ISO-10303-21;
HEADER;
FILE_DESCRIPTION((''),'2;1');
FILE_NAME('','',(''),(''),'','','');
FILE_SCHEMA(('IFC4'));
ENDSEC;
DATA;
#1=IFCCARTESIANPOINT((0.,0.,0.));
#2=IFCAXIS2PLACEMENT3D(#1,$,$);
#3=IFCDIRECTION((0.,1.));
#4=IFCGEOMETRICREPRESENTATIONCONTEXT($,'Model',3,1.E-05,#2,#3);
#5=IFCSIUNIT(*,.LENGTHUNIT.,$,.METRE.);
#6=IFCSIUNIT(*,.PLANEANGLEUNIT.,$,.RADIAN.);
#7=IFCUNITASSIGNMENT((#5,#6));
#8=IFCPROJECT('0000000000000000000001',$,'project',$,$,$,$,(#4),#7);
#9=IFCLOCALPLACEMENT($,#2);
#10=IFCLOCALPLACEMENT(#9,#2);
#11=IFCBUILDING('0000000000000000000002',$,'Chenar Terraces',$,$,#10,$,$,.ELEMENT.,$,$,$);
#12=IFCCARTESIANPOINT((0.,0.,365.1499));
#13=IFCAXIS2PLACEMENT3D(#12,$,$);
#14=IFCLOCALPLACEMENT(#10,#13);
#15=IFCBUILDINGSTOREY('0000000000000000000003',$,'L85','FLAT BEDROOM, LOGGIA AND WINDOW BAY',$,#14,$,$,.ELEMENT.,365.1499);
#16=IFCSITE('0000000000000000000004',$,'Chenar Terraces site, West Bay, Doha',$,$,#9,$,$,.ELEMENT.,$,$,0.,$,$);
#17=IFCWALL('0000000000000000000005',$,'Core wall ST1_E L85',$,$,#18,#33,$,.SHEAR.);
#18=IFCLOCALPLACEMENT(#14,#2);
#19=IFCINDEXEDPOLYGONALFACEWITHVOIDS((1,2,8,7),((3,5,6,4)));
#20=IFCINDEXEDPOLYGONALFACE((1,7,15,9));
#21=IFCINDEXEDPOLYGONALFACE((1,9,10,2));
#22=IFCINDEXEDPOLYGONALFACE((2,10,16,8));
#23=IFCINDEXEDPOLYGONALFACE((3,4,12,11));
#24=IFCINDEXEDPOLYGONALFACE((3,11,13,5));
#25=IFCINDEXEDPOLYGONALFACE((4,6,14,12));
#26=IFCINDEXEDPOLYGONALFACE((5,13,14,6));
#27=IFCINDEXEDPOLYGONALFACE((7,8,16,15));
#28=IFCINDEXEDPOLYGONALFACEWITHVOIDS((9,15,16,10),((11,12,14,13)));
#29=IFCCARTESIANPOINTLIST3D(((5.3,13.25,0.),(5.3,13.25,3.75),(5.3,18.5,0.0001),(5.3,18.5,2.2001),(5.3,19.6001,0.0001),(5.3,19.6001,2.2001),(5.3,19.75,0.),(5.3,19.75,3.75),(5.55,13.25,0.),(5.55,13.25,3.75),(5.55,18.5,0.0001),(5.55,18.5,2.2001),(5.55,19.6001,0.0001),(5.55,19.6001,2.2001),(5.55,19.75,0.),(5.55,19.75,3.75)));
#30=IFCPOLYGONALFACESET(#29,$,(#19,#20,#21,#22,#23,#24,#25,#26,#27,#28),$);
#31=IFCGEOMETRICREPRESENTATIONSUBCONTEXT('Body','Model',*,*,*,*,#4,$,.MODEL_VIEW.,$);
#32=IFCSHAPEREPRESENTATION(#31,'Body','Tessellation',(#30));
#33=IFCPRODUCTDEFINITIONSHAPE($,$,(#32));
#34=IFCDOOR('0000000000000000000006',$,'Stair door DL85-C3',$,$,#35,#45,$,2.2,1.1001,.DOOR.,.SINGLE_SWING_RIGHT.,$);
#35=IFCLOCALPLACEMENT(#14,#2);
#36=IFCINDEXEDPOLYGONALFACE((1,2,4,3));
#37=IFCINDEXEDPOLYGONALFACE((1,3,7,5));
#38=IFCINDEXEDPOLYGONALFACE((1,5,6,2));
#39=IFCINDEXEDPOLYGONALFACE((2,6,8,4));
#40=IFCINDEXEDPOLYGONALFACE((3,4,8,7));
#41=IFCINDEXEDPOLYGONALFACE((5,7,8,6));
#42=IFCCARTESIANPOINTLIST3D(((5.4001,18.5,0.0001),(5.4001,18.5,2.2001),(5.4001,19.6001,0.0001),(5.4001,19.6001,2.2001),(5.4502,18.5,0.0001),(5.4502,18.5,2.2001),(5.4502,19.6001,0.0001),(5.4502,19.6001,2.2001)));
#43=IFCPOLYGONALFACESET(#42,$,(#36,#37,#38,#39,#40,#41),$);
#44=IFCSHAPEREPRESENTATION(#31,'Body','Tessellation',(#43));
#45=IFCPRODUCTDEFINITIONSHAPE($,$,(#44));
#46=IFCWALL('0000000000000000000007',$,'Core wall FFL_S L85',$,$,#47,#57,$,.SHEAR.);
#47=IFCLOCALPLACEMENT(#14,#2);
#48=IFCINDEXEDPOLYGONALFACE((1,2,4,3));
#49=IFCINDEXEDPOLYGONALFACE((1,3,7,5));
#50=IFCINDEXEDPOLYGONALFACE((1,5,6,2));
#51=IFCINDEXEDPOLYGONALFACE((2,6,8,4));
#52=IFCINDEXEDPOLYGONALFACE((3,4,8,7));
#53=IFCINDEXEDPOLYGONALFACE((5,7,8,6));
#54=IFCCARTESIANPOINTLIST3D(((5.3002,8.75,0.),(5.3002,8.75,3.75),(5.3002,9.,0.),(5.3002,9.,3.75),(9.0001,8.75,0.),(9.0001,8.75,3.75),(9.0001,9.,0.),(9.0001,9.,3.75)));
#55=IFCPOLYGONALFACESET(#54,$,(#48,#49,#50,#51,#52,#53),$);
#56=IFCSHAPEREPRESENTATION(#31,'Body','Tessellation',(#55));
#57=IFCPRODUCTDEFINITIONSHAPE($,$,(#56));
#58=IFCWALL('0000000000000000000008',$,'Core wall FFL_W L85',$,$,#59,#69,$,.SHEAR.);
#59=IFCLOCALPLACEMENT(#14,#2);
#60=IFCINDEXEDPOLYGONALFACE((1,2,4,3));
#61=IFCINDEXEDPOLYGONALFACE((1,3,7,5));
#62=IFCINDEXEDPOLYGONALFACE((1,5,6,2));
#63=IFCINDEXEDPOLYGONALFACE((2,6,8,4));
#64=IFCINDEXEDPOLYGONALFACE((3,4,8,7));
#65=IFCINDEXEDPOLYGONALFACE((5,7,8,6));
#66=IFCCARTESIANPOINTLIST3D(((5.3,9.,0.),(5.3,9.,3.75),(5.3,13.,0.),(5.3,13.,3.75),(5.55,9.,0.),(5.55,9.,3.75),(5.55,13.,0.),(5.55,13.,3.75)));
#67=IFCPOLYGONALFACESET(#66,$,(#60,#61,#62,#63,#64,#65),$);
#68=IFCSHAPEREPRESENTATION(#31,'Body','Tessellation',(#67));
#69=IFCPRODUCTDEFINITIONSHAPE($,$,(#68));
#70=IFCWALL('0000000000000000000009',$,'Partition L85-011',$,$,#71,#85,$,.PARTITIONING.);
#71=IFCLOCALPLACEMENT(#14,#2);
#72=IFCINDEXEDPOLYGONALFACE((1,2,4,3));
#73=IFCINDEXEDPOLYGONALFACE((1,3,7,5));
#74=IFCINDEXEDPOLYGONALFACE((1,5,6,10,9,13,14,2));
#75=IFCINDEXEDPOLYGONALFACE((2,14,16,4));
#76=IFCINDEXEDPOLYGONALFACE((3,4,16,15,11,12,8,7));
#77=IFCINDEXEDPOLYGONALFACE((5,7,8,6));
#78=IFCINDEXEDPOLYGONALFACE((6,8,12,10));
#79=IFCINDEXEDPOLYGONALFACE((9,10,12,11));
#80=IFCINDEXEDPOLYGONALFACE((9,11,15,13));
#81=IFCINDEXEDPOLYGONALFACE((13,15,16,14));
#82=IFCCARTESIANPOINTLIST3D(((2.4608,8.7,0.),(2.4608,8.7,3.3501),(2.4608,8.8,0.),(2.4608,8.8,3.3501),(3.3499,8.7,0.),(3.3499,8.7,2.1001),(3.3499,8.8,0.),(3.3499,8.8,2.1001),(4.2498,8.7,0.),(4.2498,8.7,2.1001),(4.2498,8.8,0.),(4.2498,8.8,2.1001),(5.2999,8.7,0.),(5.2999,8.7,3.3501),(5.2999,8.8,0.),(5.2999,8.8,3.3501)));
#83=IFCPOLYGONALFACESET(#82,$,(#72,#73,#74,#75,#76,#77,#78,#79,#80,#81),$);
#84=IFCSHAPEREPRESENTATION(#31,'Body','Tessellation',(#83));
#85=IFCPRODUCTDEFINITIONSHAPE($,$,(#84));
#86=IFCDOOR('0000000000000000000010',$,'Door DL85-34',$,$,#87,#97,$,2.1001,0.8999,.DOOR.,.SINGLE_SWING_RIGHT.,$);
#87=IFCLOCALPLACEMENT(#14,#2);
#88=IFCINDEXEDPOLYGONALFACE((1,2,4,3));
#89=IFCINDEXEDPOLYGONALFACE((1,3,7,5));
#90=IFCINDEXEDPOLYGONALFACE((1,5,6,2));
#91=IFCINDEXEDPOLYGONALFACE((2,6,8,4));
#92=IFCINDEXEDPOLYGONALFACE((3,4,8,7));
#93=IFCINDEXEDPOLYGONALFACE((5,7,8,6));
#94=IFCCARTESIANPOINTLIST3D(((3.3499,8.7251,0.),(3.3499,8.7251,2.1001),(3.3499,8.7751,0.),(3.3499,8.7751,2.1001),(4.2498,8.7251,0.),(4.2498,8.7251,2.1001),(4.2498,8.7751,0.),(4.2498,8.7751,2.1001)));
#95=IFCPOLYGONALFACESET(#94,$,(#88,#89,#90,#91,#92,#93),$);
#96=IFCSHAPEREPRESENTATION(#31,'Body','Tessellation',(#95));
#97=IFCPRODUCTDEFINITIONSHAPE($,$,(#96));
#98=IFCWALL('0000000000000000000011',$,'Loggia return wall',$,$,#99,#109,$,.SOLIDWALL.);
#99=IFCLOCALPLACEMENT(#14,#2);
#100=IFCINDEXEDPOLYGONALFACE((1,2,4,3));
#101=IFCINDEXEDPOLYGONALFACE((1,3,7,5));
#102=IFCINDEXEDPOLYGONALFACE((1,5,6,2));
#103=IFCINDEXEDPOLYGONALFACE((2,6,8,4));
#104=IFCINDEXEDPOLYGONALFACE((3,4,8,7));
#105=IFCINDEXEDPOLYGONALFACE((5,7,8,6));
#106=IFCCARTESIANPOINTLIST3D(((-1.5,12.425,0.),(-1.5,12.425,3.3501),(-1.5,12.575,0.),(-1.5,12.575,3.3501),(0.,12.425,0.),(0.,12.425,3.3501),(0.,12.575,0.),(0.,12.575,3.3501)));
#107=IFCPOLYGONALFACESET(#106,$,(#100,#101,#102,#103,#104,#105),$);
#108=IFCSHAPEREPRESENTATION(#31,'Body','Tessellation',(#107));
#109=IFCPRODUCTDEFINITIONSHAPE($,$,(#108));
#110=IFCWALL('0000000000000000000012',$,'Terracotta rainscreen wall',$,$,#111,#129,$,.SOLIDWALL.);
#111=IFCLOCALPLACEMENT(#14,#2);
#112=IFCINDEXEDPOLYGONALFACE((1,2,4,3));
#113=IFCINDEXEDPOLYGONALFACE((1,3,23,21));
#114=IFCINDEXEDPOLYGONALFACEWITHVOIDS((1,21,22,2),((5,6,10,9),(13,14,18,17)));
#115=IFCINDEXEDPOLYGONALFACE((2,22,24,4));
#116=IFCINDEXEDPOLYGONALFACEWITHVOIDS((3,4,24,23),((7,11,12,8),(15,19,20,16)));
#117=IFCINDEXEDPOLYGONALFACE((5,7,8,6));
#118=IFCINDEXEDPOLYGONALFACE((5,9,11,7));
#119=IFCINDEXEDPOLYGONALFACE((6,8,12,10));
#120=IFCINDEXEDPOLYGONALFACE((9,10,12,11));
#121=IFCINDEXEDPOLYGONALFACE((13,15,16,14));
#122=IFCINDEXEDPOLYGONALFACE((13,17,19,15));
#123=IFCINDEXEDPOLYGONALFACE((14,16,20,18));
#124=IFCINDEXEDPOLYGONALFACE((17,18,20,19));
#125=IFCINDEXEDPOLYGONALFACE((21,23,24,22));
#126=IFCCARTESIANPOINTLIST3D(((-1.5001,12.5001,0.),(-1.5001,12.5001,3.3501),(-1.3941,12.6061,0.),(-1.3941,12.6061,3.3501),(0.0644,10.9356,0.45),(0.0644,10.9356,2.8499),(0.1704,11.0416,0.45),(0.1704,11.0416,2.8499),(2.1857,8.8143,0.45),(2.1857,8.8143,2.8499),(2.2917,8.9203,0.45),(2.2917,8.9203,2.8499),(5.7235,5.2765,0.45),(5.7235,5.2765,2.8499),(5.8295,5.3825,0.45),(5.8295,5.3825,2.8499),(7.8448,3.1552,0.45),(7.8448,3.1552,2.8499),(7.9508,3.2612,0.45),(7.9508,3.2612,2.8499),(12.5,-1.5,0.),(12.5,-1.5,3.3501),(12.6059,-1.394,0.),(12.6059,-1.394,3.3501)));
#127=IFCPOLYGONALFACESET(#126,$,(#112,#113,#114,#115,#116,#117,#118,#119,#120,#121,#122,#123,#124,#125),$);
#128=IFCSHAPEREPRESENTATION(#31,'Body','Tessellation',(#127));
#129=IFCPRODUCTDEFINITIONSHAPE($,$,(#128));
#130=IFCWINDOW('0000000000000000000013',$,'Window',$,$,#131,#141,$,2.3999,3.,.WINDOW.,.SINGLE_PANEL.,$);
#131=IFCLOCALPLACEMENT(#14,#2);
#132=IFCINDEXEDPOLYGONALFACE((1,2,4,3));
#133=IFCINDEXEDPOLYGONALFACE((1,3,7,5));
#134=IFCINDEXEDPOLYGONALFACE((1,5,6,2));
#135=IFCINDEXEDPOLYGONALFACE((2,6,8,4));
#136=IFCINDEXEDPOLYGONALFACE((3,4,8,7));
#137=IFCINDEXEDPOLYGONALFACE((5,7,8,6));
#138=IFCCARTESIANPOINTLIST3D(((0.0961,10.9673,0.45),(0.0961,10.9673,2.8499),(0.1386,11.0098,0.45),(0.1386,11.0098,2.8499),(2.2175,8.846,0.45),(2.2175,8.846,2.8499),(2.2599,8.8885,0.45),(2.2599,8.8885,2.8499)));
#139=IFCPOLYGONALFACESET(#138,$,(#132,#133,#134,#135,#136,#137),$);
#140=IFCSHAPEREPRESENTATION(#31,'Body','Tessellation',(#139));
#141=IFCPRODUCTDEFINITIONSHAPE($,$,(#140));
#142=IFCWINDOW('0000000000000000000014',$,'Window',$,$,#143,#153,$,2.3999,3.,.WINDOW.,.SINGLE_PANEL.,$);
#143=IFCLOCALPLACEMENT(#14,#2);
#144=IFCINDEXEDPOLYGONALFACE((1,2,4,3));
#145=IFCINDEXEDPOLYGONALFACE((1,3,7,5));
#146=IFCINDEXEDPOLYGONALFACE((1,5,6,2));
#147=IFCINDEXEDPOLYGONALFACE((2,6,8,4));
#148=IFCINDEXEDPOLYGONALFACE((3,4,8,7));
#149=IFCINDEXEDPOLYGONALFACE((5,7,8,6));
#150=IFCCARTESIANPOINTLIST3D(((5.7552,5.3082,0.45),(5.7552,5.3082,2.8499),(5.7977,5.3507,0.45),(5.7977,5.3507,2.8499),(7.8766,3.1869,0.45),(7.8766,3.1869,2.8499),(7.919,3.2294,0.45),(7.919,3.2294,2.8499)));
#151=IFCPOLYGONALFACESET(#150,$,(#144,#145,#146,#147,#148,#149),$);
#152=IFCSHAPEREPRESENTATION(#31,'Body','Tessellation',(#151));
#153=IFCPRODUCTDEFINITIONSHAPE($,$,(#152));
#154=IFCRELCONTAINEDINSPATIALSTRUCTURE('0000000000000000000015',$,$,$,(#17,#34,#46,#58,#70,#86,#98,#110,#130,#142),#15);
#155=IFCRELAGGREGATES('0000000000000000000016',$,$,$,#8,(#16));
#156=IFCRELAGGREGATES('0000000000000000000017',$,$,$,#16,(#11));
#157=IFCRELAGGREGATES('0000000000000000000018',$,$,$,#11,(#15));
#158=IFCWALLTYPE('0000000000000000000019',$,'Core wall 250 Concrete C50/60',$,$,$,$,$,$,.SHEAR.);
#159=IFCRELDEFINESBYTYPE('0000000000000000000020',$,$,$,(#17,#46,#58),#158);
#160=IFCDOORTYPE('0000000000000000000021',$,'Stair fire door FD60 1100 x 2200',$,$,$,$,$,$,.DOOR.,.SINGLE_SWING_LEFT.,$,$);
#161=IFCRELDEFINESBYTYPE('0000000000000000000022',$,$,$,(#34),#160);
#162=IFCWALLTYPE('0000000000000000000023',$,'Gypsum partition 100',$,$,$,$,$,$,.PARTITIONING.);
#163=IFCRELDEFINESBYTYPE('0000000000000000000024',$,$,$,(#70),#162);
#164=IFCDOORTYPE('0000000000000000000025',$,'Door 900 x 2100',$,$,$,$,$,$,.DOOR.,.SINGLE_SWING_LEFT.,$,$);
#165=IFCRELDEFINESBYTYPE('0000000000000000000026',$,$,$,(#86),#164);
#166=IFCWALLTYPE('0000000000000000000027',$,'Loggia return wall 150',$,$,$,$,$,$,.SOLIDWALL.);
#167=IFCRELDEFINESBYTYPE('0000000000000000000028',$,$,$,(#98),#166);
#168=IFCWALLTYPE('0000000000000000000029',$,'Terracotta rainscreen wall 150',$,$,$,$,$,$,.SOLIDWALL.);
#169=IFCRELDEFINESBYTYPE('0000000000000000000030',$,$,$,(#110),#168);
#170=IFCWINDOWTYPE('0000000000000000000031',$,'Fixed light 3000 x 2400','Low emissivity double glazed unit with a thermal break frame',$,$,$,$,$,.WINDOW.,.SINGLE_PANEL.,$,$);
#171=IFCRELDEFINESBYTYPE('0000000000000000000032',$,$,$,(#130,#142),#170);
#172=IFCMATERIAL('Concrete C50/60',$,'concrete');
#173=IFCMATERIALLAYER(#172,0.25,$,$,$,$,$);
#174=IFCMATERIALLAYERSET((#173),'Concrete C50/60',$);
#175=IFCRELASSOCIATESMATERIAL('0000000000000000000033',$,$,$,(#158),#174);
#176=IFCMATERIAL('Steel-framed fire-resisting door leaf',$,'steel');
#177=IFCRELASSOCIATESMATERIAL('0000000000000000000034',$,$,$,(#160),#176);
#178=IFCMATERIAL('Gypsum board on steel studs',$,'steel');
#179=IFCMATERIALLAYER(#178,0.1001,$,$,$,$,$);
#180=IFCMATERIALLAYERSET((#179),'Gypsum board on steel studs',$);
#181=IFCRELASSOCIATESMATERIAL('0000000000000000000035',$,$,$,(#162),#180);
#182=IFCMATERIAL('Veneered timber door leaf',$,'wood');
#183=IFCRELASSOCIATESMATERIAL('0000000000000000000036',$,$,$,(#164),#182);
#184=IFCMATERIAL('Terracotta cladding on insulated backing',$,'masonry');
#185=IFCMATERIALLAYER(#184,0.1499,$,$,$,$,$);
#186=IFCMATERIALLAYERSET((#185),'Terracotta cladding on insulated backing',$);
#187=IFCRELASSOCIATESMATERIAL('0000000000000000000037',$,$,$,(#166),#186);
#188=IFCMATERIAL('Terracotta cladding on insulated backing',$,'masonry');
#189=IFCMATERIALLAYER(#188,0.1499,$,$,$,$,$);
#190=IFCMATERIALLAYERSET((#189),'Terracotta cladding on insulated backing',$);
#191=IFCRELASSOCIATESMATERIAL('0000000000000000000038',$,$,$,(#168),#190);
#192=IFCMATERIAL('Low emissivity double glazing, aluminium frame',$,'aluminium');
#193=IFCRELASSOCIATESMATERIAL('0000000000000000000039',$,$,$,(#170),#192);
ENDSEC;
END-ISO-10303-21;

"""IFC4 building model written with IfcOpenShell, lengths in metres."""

from ifc_helpers import new_model, si_unit, direction, frame, frame_2d, origin, place, context, subcontext, project, spatial, rectangle, extrude, material, layer, layer_set, type_object, element, fill, save


model = new_model("IFC4")

# Units and contexts
model_context = context("Model", 3, precision=1e-05, world=origin(), true_north=direction((0.0, 1.0)))
body_context = subcontext(model_context, "Body", "Model", "MODEL_VIEW")
ifc_project = project(units=[si_unit("LENGTHUNIT", "METRE"), si_unit("PLANEANGLEUNIT", "RADIAN")], contexts=[model_context])

# Site, building, storey
site_placement = place(None, origin())
site = spatial("IfcSite", under=ifc_project, at=site_placement, Name="Chenar Terraces site, West Bay, Doha", CompositionType="ELEMENT", RefElevation=0.0)
building_placement = place(site_placement, origin())
building = spatial("IfcBuilding", under=site, at=building_placement, Name="Chenar Terraces", CompositionType="ELEMENT")
storey_placement = place(building_placement, frame((0.0, 0.0, 365.1499)))
storey = spatial("IfcBuildingStorey", under=building, at=storey_placement, Name="L85", Description="FLAT BEDROOM, LOGGIA AND WINDOW BAY", CompositionType="ELEMENT", Elevation=365.1499)

# Shared definitions
ifc_material_1 = material(Name="Concrete C50/60", Category="concrete")
ifc_layer_1 = layer(ifc_material_1, 0.25)
ifc_layer_set_1 = layer_set([ifc_layer_1], Name="Concrete C50/60")
wall_type_1 = type_object("IfcWallType", Name="Core wall 250 Concrete C50/60", PredefinedType="SHEAR", material=ifc_layer_set_1)

# Wall, opening, door
wall_1_placement = place(storey_placement, frame((5.425, 13.25, 0.0), z_axis=(0.0, 0.0, 1.0), x_axis=(0.0, 1.0, 0.0)))
wall_1 = element("IfcWall", 1, at=wall_1_placement, inside=storey, type_object=wall_type_1, Name="Core wall ST1_E L85", PredefinedType="SHEAR", context=body_context, shape_type="SweptSolid", body=[
    extrude(rectangle(XDim=6.5, YDim=0.25, at=frame_2d((3.25, 0.0))), origin(), (0.0, 0.0, 1.0), 3.75),
])
opening_1_placement = place(wall_1_placement, frame((5.25, 0.0, 0.0)))
opening_1 = element("IfcOpeningElement", 2, at=opening_1_placement, cuts=wall_1, PredefinedType="OPENING", context=body_context, shape_type="SweptSolid", body=[
    extrude(rectangle(XDim=1.1001, YDim=2.2, at=frame_2d((0.55, 1.1001))), frame((0.0, 0.135, 0.0), z_axis=(0.0, -1.0, 0.0), x_axis=(1.0, 0.0, 0.0)), (0.0, 0.0, 1.0), 0.27),
])
ifc_material_2 = material(Name="Steel-framed fire-resisting door leaf", Category="steel")
door_type_1 = type_object("IfcDoorType", Name="Stair fire door FD60 1100 x 2200", OperationType="SINGLE_SWING_LEFT", PredefinedType="DOOR", material=ifc_material_2)
door_1_placement = place(opening_1_placement, origin())
door_1 = element("IfcDoor", 3, at=door_1_placement, inside=storey, type_object=door_type_1, Name="Stair door DL85-C3", OperationType="SINGLE_SWING_RIGHT", OverallHeight=2.2, OverallWidth=1.1001, PredefinedType="DOOR", context=body_context, shape_type="SweptSolid", body=[
    extrude(rectangle(XDim=1.1001, YDim=2.2, at=frame_2d((0.55, 1.1001))), frame((0.0, 0.0249, 0.0), z_axis=(0.0, -1.0, 0.0), x_axis=(1.0, 0.0, 0.0)), (0.0, 0.0, 1.0), 0.05),
])
fill(opening_1, door_1)

# Walls
wall_2_placement = place(storey_placement, frame((5.3, 8.875, 0.0), z_axis=(0.0, 0.0, 1.0), x_axis=(1.0, 0.0, 0.0)))
element("IfcWall", 4, at=wall_2_placement, inside=storey, type_object=wall_type_1, Name="Core wall FFL_S L85", PredefinedType="SHEAR", context=body_context, shape_type="SweptSolid", body=[
    extrude(rectangle(XDim=3.7, YDim=0.25, at=frame_2d((1.8501, 0.0))), origin(), (0.0, 0.0, 1.0), 3.75),
])
wall_3_placement = place(storey_placement, frame((5.425, 9.0, 0.0), z_axis=(0.0, 0.0, 1.0), x_axis=(0.0, 1.0, 0.0)))
element("IfcWall", 5, at=wall_3_placement, inside=storey, type_object=wall_type_1, Name="Core wall FFL_W L85", PredefinedType="SHEAR", context=body_context, shape_type="SweptSolid", body=[
    extrude(rectangle(XDim=4.0, YDim=0.25, at=frame_2d((2.0, 0.0))), origin(), (0.0, 0.0, 1.0), 3.75),
])

# Wall, opening, door
ifc_material_3 = material(Name="Gypsum board on steel studs", Category="steel")
ifc_layer_2 = layer(ifc_material_3, 0.1001)
ifc_layer_set_2 = layer_set([ifc_layer_2], Name="Gypsum board on steel studs")
wall_type_2 = type_object("IfcWallType", Name="Gypsum partition 100", PredefinedType="PARTITIONING", material=ifc_layer_set_2)
wall_4_placement = place(storey_placement, frame((2.4609, 8.75, 0.0), z_axis=(0.0, 0.0, 1.0), x_axis=(1.0, 0.0, 0.0)))
wall_4 = element("IfcWall", 6, at=wall_4_placement, inside=storey, type_object=wall_type_2, Name="Partition L85-011", PredefinedType="PARTITIONING", context=body_context, shape_type="SweptSolid", body=[
    extrude(rectangle(XDim=2.8391, YDim=0.1001, at=frame_2d((1.4194, 0.0))), origin(), (0.0, 0.0, 1.0), 3.3501),
])
opening_2_placement = place(wall_4_placement, frame((0.8889, 0.0, 0.0)))
opening_2 = element("IfcOpeningElement", 7, at=opening_2_placement, cuts=wall_4, PredefinedType="OPENING", context=body_context, shape_type="SweptSolid", body=[
    extrude(rectangle(XDim=0.8999, YDim=2.1001, at=frame_2d((0.45, 1.05))), frame((0.0, 0.0601, 0.0), z_axis=(0.0, -1.0, 0.0), x_axis=(1.0, 0.0, 0.0)), (0.0, 0.0, 1.0), 0.1201),
])
ifc_material_4 = material(Name="Veneered timber door leaf", Category="wood")
door_type_2 = type_object("IfcDoorType", Name="Door 900 x 2100", OperationType="SINGLE_SWING_LEFT", PredefinedType="DOOR", material=ifc_material_4)
door_2_placement = place(opening_2_placement, frame((0.8999, 0.0, 0.0), z_axis=(0.0, 0.0, 1.0), x_axis=(-1.0, 0.0, 0.0)))
door_2 = element("IfcDoor", 8, at=door_2_placement, inside=storey, type_object=door_type_2, Name="Door DL85-34", OperationType="SINGLE_SWING_RIGHT", OverallHeight=2.1001, OverallWidth=0.8999, PredefinedType="DOOR", context=body_context, shape_type="SweptSolid", body=[
    extrude(rectangle(XDim=0.8999, YDim=2.1001, at=frame_2d((0.45, 1.05))), frame((0.0, 0.0249, 0.0), z_axis=(0.0, -1.0, 0.0), x_axis=(1.0, 0.0, 0.0)), (0.0, 0.0, 1.0), 0.05),
])
fill(opening_2, door_2)

# Wall
ifc_material_5 = material(Name="Terracotta cladding on insulated backing", Category="masonry")
ifc_layer_3 = layer(ifc_material_5, 0.1499)
ifc_layer_set_3 = layer_set([ifc_layer_3], Name="Terracotta cladding on insulated backing")
wall_type_3 = type_object("IfcWallType", Name="Loggia return wall 150", PredefinedType="SOLIDWALL", material=ifc_layer_set_3)
wall_5_placement = place(storey_placement, frame((-1.5, 12.5, 0.0), z_axis=(0.0, 0.0, 1.0), x_axis=(1.0, 0.0, 0.0)))
element("IfcWall", 9, at=wall_5_placement, inside=storey, type_object=wall_type_3, Name="Loggia return wall", PredefinedType="SOLIDWALL", context=body_context, shape_type="SweptSolid", body=[
    extrude(rectangle(XDim=1.5, YDim=0.1499, at=frame_2d((0.75, 0.0))), origin(), (0.0, 0.0, 1.0), 3.3501),
])

# Wall, openings, windows
ifc_material_6 = material(Name="Terracotta cladding on insulated backing", Category="masonry")
ifc_layer_4 = layer(ifc_material_6, 0.1499)
ifc_layer_set_4 = layer_set([ifc_layer_4], Name="Terracotta cladding on insulated backing")
wall_type_4 = type_object("IfcWallType", Name="Terracotta rainscreen wall 150", PredefinedType="SOLIDWALL", material=ifc_layer_set_4)
wall_6_placement = place(storey_placement, frame((-1.447, 12.553, 0.0), z_axis=(0.0, 0.0, 1.0), x_axis=(0.707107, -0.707107, 0.0)))
wall_6 = element("IfcWall", 10, at=wall_6_placement, inside=storey, type_object=wall_type_4, Name="Terracotta rainscreen wall", PredefinedType="SOLIDWALL", context=body_context, shape_type="SweptSolid", body=[
    extrude(rectangle(XDim=19.7991, YDim=0.1499, at=frame_2d((9.8994, 0.0))), origin(), (0.0, 0.0, 1.0), 3.3501),
])
opening_3_placement = place(wall_6_placement, frame((2.2124, 0.0, 0.45)))
opening_3 = element("IfcOpeningElement", 11, at=opening_3_placement, cuts=wall_6, PredefinedType="OPENING", context=body_context, shape_type="SweptSolid", body=[
    extrude(rectangle(XDim=3.0, YDim=2.3999, at=frame_2d((1.5, 1.2))), frame((0.0, 0.085, 0.0), z_axis=(0.0, -1.0, 0.0), x_axis=(1.0, 0.0, 0.0)), (0.0, 0.0, 1.0), 0.1699),
])
opening_4_placement = place(wall_6_placement, frame((10.2156, 0.0, 0.45)))
opening_4 = element("IfcOpeningElement", 12, at=opening_4_placement, cuts=wall_6, PredefinedType="OPENING", context=body_context, shape_type="SweptSolid", body=[
    extrude(rectangle(XDim=3.0, YDim=2.3999, at=frame_2d((1.5, 1.2))), frame((0.0, 0.085, 0.0), z_axis=(0.0, -1.0, 0.0), x_axis=(1.0, 0.0, 0.0)), (0.0, 0.0, 1.0), 0.1699),
])
ifc_material_7 = material(Name="Low emissivity double glazing, aluminium frame", Category="aluminium")
window_type = type_object("IfcWindowType", Name="Fixed light 3000 x 2400", Description="Low emissivity double glazed unit with a thermal break frame", PartitioningType="SINGLE_PANEL", PredefinedType="WINDOW", material=ifc_material_7)
window_1_placement = place(opening_3_placement, origin())
window_1 = element("IfcWindow", 13, at=window_1_placement, inside=storey, type_object=window_type, Name="Window", OverallHeight=2.3999, OverallWidth=3.0, PartitioningType="SINGLE_PANEL", PredefinedType="WINDOW", context=body_context, shape_type="SweptSolid", body=[
    extrude(rectangle(XDim=3.0, YDim=2.3999, at=frame_2d((1.5, 1.2))), frame((0.0, 0.03, 0.0), z_axis=(0.0, -1.0, 0.0), x_axis=(1.0, 0.0, 0.0)), (0.0, 0.0, 1.0), 0.0601),
])
fill(opening_3, window_1)
window_2_placement = place(opening_4_placement, origin())
window_2 = element("IfcWindow", 14, at=window_2_placement, inside=storey, type_object=window_type, Name="Window", OverallHeight=2.3999, OverallWidth=3.0, PartitioningType="SINGLE_PANEL", PredefinedType="WINDOW", context=body_context, shape_type="SweptSolid", body=[
    extrude(rectangle(XDim=3.0, YDim=2.3999, at=frame_2d((1.5, 1.2))), frame((0.0, 0.03, 0.0), z_axis=(0.0, -1.0, 0.0), x_axis=(1.0, 0.0, 0.0)), (0.0, 0.0, 1.0), 0.0601),
])
fill(opening_4, window_2)

save(model, "model.ifc")
